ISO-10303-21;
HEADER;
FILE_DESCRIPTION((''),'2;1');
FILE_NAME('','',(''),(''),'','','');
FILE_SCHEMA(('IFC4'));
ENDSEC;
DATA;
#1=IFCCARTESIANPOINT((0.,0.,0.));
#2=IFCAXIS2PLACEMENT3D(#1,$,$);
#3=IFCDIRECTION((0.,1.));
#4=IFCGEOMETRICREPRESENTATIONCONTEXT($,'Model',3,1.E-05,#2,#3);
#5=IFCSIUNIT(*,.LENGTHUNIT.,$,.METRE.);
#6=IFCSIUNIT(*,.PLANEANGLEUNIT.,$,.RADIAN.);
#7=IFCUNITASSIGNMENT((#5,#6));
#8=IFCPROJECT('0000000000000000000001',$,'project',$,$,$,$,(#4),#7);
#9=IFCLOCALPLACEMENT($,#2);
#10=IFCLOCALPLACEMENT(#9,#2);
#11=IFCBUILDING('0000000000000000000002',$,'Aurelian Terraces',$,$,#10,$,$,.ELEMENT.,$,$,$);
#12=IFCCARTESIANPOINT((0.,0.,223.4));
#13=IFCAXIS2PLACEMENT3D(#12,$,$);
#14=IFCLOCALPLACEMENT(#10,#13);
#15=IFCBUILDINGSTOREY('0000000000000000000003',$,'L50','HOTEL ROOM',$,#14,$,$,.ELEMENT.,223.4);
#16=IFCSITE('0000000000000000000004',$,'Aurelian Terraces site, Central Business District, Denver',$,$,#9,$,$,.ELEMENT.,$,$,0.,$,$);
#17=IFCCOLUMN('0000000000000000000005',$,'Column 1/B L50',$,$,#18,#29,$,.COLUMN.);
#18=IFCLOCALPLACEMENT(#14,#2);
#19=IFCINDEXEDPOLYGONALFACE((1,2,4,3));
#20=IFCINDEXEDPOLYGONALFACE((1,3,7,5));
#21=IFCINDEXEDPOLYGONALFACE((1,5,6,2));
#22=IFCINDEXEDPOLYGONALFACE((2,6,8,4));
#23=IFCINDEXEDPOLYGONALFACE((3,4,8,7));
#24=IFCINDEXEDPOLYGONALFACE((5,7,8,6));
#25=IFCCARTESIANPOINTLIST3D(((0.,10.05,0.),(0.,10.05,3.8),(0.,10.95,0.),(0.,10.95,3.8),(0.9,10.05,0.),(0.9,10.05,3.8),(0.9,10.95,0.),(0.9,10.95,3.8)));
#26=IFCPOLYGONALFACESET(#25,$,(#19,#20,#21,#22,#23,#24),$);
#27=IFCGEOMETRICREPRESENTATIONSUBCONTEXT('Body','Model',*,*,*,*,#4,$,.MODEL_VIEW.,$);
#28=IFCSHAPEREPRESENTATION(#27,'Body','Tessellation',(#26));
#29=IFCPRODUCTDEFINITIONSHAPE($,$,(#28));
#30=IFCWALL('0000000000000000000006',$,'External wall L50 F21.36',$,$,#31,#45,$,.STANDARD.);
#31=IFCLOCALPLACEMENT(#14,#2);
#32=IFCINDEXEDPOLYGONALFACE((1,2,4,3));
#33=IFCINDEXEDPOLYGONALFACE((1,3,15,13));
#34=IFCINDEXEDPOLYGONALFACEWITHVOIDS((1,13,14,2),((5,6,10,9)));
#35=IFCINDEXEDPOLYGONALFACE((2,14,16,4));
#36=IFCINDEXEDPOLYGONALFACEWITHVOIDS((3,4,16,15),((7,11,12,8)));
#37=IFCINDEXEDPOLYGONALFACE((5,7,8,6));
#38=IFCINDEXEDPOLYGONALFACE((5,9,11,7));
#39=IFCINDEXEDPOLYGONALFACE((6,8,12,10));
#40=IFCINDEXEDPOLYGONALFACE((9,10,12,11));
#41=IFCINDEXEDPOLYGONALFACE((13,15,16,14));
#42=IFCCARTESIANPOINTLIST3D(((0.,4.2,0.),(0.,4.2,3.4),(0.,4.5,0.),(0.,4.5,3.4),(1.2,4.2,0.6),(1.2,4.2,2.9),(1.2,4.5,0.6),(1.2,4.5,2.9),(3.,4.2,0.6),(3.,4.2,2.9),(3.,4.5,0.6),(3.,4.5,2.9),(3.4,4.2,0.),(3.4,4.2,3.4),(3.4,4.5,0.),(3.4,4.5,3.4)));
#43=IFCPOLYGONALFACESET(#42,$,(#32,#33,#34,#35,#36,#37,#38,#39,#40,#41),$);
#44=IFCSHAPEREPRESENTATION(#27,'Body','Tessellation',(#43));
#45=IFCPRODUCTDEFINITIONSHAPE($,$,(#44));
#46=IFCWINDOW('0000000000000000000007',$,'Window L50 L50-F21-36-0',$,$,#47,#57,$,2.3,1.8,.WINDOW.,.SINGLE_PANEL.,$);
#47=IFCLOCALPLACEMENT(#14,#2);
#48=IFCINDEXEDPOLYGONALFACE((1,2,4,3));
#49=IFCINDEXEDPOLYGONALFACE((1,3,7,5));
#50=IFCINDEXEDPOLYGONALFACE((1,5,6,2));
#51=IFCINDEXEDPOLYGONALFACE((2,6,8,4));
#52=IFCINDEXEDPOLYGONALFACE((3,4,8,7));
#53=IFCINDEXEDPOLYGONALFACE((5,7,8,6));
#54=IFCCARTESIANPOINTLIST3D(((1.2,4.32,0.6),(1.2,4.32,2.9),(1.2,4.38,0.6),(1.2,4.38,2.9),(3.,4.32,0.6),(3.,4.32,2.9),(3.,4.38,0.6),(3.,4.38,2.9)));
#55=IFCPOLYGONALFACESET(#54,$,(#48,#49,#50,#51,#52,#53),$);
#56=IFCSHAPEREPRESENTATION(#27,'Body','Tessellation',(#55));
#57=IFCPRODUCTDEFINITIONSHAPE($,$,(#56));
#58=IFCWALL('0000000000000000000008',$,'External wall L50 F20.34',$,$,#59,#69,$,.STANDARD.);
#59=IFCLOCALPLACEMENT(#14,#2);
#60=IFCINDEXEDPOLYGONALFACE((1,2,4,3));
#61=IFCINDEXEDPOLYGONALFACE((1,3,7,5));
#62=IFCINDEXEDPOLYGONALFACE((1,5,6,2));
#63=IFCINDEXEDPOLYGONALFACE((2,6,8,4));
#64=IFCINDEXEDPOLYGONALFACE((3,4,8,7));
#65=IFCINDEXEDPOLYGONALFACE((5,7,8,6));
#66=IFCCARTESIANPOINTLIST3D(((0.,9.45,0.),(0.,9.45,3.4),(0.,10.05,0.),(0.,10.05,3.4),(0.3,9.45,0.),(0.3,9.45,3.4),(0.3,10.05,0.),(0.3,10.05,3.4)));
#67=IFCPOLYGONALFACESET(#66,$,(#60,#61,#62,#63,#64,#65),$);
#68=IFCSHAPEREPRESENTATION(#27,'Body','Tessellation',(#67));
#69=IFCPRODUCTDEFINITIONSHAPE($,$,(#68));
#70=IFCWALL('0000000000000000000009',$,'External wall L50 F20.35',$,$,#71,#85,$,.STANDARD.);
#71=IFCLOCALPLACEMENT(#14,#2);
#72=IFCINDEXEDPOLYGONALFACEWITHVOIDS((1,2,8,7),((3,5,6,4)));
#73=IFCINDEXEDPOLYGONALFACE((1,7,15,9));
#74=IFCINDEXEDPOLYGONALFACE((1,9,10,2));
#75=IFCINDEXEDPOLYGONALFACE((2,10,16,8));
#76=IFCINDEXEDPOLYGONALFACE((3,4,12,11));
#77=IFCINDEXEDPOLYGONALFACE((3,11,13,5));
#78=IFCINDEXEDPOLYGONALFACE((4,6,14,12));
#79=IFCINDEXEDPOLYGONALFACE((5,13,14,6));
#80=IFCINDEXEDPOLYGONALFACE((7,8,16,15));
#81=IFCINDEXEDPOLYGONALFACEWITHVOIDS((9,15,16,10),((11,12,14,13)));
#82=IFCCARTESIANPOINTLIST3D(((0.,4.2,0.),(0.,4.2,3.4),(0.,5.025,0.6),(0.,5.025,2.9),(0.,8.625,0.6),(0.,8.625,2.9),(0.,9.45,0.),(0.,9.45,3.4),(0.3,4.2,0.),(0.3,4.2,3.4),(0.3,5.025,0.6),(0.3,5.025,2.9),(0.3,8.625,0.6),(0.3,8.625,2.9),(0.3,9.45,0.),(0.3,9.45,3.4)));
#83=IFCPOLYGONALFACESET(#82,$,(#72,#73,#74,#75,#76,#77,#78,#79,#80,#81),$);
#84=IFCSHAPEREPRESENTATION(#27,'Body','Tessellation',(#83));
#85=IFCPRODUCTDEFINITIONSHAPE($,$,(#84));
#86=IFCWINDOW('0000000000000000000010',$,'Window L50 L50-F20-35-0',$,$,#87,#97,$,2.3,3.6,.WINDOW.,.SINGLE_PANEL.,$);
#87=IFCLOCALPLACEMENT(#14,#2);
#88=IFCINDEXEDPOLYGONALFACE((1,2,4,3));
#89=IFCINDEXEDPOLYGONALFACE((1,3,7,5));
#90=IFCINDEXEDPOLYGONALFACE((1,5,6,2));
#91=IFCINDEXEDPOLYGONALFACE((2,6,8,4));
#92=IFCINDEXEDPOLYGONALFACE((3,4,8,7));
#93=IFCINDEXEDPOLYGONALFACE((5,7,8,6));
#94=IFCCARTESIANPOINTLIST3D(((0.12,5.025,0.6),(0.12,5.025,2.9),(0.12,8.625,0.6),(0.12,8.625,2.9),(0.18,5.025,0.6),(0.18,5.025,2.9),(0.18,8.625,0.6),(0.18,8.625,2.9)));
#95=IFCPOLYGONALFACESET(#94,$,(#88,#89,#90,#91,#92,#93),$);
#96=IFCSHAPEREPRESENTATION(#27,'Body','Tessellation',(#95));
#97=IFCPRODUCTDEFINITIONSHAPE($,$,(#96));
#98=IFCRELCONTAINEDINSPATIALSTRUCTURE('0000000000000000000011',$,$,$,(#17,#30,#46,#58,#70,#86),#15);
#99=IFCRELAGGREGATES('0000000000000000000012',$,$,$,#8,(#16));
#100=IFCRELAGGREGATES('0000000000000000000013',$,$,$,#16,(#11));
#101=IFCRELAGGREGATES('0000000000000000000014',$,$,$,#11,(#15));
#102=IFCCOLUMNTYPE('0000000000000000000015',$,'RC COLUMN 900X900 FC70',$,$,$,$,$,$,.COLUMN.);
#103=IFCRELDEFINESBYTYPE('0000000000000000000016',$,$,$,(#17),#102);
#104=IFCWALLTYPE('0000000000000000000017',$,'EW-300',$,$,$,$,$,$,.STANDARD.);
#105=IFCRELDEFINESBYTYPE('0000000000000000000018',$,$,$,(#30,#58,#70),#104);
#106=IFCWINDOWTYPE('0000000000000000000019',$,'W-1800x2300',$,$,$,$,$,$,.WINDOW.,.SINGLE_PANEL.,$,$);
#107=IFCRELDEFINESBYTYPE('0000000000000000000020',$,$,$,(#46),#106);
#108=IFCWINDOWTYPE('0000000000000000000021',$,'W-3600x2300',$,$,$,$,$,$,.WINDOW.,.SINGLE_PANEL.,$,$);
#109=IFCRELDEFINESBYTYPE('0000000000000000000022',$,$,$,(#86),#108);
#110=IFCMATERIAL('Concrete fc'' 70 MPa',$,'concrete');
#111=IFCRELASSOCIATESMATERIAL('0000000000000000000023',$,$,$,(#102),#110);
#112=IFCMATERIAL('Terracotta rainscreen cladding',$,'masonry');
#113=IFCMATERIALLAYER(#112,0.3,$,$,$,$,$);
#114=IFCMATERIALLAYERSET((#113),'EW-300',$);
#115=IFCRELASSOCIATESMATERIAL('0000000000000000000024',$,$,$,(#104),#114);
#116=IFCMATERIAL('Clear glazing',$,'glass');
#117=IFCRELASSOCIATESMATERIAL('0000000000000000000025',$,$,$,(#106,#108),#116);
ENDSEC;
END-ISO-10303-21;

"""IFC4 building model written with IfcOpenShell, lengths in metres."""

from ifc_helpers import new_model, si_unit, direction, frame, frame_2d, origin, origin_2d, place, context, subcontext, project, spatial, rectangle, extrude, source, transform, mapped, material, layer, layer_set, material_profile, profile_set, type_object, element, fill, save


model = new_model("IFC4")

# Units and contexts
model_context = context("Model", 3, precision=1e-05, world=origin(), true_north=direction((0.0, 1.0)))
body_context = subcontext(model_context, "Body", "Model", "MODEL_VIEW")
ifc_project = project(units=[si_unit("LENGTHUNIT", "METRE"), si_unit("PLANEANGLEUNIT", "RADIAN")], contexts=[model_context])

# Site, building, storey
site_placement = place(None, origin())
site = spatial("IfcSite", under=ifc_project, at=site_placement, Name="Aurelian Terraces site, Central Business District, Denver", CompositionType="ELEMENT", RefElevation=0.0)
building_placement = place(site_placement, origin())
building = spatial("IfcBuilding", under=site, at=building_placement, Name="Aurelian Terraces", CompositionType="ELEMENT")
storey_placement = place(building_placement, frame((0.0, 0.0, 223.4)))
storey = spatial("IfcBuildingStorey", under=building, at=storey_placement, Name="L50", Description="HOTEL ROOM", CompositionType="ELEMENT", Elevation=223.4)

# Column
ifc_material_1 = material(Name="Concrete fc' 70 MPa", Category="concrete")
ifc_material_profile = material_profile(ifc_material_1, rectangle(XDim=0.9, YDim=0.9, at=origin_2d()))
ifc_profile_set = profile_set([ifc_material_profile], Name="Concrete fc' 70 MPa")
column_type = type_object("IfcColumnType", Name="RC COLUMN 900X900 FC70", PredefinedType="COLUMN", material=ifc_profile_set)
shared_shape_1 = source(origin(), body_context, "Body", "SweptSolid", [
    extrude(rectangle(XDim=0.9, YDim=0.9, at=origin_2d()), origin(), (0.0, 0.0, 1.0), 3.8),
])
column_placement = place(storey_placement, frame((0.45, 10.5, 0.0), z_axis=(0.0, 0.0, 1.0), x_axis=(1.0, 0.0, 0.0)))
element("IfcColumn", 1, at=column_placement, inside=storey, type_object=column_type, Name="Column 1/B L50", PredefinedType="COLUMN", context=body_context, shape_type="MappedRepresentation", body=[
    mapped(shared_shape_1, transform((0.0, 0.0, 0.0), scale=1.0)),
])

# Wall, opening, window
ifc_material_2 = material(Name="Terracotta rainscreen cladding", Category="masonry")
ifc_layer_1 = layer(ifc_material_2, 0.3)
ifc_layer_set_1 = layer_set([ifc_layer_1], Name="EW-300")
wall_type_1 = type_object("IfcWallType", Name="EW-300", PredefinedType="STANDARD", material=ifc_layer_set_1)
shared_shape_2 = source(origin(), body_context, "Body", "SweptSolid", [
    extrude(rectangle(XDim=3.4, YDim=0.3, at=frame_2d((1.7, 0.0))), origin(), (0.0, 0.0, 1.0), 3.4),
])
wall_1_placement = place(storey_placement, frame((0.0, 4.35, 0.0), z_axis=(0.0, 0.0, 1.0), x_axis=(1.0, 0.0, 0.0)))
wall_1 = element("IfcWall", 2, at=wall_1_placement, inside=storey, type_object=wall_type_1, Name="External wall L50 F21.36", PredefinedType="STANDARD", context=body_context, shape_type="MappedRepresentation", body=[
    mapped(shared_shape_2, transform((0.0, 0.0, 0.0), scale=1.0)),
])
shared_shape_3 = source(origin(), body_context, "Body", "SweptSolid", [
    extrude(rectangle(XDim=1.8, YDim=2.3, at=frame_2d((0.9, 1.15))), frame((0.0, 0.16, 0.0), z_axis=(0.0, -1.0, 0.0), x_axis=(1.0, 0.0, 0.0)), (0.0, 0.0, 1.0), 0.32),
])
opening_1_placement = place(wall_1_placement, frame((1.2, 0.0, 0.6)))
opening_1 = element("IfcOpeningElement", 3, at=opening_1_placement, cuts=wall_1, PredefinedType="OPENING", context=body_context, shape_type="MappedRepresentation", body=[
    mapped(shared_shape_3, transform((0.0, 0.0, 0.0), scale=1.0)),
])
ifc_material_3 = material(Name="Clear glazing", Category="glass")
window_type_1 = type_object("IfcWindowType", Name="W-1800x2300", PartitioningType="SINGLE_PANEL", PredefinedType="WINDOW", material=ifc_material_3)
shared_shape_4 = source(origin(), body_context, "Body", "SweptSolid", [
    extrude(rectangle(XDim=1.8, YDim=2.3, at=frame_2d((0.9, 1.15))), frame((0.0, 0.03, 0.0), z_axis=(0.0, -1.0, 0.0), x_axis=(1.0, 0.0, 0.0)), (0.0, 0.0, 1.0), 0.06),
])
window_1_placement = place(opening_1_placement, origin())
window_1 = element("IfcWindow", 4, at=window_1_placement, inside=storey, type_object=window_type_1, Name="Window L50 L50-F21-36-0", OverallHeight=2.3, OverallWidth=1.8, PartitioningType="SINGLE_PANEL", PredefinedType="WINDOW", context=body_context, shape_type="MappedRepresentation", body=[
    mapped(shared_shape_4, transform((0.0, 0.0, 0.0), scale=1.0)),
])
fill(opening_1, window_1)

# Wall
shared_shape_5 = source(origin(), body_context, "Body", "SweptSolid", [
    extrude(rectangle(XDim=0.6, YDim=0.3, at=frame_2d((0.3, 0.0))), origin(), (0.0, 0.0, 1.0), 3.4),
])
wall_2_placement = place(storey_placement, frame((0.15, 10.05, 0.0), z_axis=(0.0, 0.0, 1.0), x_axis=(0.0, -1.0, 0.0)))
element("IfcWall", 5, at=wall_2_placement, inside=storey, type_object=wall_type_1, Name="External wall L50 F20.34", PredefinedType="STANDARD", context=body_context, shape_type="MappedRepresentation", body=[
    mapped(shared_shape_5, transform((0.0, 0.0, 0.0), scale=1.0)),
])

# Wall, opening, window
shared_shape_6 = source(origin(), body_context, "Body", "SweptSolid", [
    extrude(rectangle(XDim=5.25, YDim=0.3, at=frame_2d((2.625, 0.0))), origin(), (0.0, 0.0, 1.0), 3.4),
])
wall_3_placement = place(storey_placement, frame((0.15, 9.45, 0.0), z_axis=(0.0, 0.0, 1.0), x_axis=(0.0, -1.0, 0.0)))
wall_3 = element("IfcWall", 6, at=wall_3_placement, inside=storey, type_object=wall_type_1, Name="External wall L50 F20.35", PredefinedType="STANDARD", context=body_context, shape_type="MappedRepresentation", body=[
    mapped(shared_shape_6, transform((0.0, 0.0, 0.0), scale=1.0)),
])
shared_shape_7 = source(origin(), body_context, "Body", "SweptSolid", [
    extrude(rectangle(XDim=3.6, YDim=2.3, at=frame_2d((1.8, 1.15))), frame((0.0, 0.16, 0.0), z_axis=(0.0, -1.0, 0.0), x_axis=(1.0, 0.0, 0.0)), (0.0, 0.0, 1.0), 0.32),
])
opening_2_placement = place(wall_3_placement, frame((0.825, 0.0, 0.6)))
opening_2 = element("IfcOpeningElement", 7, at=opening_2_placement, cuts=wall_3, PredefinedType="OPENING", context=body_context, shape_type="MappedRepresentation", body=[
    mapped(shared_shape_7, transform((0.0, 0.0, 0.0), scale=1.0)),
])
window_type_2 = type_object("IfcWindowType", Name="W-3600x2300", PartitioningType="SINGLE_PANEL", PredefinedType="WINDOW", material=ifc_material_3)
shared_shape_8 = source(origin(), body_context, "Body", "SweptSolid", [
    extrude(rectangle(XDim=3.6, YDim=2.3, at=frame_2d((1.8, 1.15))), frame((0.0, 0.03, 0.0), z_axis=(0.0, -1.0, 0.0), x_axis=(1.0, 0.0, 0.0)), (0.0, 0.0, 1.0), 0.06),
])
window_2_placement = place(opening_2_placement, origin())
window_2 = element("IfcWindow", 8, at=window_2_placement, inside=storey, type_object=window_type_2, Name="Window L50 L50-F20-35-0", OverallHeight=2.3, OverallWidth=3.6, PartitioningType="SINGLE_PANEL", PredefinedType="WINDOW", context=body_context, shape_type="MappedRepresentation", body=[
    mapped(shared_shape_8, transform((0.0, 0.0, 0.0), scale=1.0)),
])
fill(opening_2, window_2)

save(model, "model.ifc")
